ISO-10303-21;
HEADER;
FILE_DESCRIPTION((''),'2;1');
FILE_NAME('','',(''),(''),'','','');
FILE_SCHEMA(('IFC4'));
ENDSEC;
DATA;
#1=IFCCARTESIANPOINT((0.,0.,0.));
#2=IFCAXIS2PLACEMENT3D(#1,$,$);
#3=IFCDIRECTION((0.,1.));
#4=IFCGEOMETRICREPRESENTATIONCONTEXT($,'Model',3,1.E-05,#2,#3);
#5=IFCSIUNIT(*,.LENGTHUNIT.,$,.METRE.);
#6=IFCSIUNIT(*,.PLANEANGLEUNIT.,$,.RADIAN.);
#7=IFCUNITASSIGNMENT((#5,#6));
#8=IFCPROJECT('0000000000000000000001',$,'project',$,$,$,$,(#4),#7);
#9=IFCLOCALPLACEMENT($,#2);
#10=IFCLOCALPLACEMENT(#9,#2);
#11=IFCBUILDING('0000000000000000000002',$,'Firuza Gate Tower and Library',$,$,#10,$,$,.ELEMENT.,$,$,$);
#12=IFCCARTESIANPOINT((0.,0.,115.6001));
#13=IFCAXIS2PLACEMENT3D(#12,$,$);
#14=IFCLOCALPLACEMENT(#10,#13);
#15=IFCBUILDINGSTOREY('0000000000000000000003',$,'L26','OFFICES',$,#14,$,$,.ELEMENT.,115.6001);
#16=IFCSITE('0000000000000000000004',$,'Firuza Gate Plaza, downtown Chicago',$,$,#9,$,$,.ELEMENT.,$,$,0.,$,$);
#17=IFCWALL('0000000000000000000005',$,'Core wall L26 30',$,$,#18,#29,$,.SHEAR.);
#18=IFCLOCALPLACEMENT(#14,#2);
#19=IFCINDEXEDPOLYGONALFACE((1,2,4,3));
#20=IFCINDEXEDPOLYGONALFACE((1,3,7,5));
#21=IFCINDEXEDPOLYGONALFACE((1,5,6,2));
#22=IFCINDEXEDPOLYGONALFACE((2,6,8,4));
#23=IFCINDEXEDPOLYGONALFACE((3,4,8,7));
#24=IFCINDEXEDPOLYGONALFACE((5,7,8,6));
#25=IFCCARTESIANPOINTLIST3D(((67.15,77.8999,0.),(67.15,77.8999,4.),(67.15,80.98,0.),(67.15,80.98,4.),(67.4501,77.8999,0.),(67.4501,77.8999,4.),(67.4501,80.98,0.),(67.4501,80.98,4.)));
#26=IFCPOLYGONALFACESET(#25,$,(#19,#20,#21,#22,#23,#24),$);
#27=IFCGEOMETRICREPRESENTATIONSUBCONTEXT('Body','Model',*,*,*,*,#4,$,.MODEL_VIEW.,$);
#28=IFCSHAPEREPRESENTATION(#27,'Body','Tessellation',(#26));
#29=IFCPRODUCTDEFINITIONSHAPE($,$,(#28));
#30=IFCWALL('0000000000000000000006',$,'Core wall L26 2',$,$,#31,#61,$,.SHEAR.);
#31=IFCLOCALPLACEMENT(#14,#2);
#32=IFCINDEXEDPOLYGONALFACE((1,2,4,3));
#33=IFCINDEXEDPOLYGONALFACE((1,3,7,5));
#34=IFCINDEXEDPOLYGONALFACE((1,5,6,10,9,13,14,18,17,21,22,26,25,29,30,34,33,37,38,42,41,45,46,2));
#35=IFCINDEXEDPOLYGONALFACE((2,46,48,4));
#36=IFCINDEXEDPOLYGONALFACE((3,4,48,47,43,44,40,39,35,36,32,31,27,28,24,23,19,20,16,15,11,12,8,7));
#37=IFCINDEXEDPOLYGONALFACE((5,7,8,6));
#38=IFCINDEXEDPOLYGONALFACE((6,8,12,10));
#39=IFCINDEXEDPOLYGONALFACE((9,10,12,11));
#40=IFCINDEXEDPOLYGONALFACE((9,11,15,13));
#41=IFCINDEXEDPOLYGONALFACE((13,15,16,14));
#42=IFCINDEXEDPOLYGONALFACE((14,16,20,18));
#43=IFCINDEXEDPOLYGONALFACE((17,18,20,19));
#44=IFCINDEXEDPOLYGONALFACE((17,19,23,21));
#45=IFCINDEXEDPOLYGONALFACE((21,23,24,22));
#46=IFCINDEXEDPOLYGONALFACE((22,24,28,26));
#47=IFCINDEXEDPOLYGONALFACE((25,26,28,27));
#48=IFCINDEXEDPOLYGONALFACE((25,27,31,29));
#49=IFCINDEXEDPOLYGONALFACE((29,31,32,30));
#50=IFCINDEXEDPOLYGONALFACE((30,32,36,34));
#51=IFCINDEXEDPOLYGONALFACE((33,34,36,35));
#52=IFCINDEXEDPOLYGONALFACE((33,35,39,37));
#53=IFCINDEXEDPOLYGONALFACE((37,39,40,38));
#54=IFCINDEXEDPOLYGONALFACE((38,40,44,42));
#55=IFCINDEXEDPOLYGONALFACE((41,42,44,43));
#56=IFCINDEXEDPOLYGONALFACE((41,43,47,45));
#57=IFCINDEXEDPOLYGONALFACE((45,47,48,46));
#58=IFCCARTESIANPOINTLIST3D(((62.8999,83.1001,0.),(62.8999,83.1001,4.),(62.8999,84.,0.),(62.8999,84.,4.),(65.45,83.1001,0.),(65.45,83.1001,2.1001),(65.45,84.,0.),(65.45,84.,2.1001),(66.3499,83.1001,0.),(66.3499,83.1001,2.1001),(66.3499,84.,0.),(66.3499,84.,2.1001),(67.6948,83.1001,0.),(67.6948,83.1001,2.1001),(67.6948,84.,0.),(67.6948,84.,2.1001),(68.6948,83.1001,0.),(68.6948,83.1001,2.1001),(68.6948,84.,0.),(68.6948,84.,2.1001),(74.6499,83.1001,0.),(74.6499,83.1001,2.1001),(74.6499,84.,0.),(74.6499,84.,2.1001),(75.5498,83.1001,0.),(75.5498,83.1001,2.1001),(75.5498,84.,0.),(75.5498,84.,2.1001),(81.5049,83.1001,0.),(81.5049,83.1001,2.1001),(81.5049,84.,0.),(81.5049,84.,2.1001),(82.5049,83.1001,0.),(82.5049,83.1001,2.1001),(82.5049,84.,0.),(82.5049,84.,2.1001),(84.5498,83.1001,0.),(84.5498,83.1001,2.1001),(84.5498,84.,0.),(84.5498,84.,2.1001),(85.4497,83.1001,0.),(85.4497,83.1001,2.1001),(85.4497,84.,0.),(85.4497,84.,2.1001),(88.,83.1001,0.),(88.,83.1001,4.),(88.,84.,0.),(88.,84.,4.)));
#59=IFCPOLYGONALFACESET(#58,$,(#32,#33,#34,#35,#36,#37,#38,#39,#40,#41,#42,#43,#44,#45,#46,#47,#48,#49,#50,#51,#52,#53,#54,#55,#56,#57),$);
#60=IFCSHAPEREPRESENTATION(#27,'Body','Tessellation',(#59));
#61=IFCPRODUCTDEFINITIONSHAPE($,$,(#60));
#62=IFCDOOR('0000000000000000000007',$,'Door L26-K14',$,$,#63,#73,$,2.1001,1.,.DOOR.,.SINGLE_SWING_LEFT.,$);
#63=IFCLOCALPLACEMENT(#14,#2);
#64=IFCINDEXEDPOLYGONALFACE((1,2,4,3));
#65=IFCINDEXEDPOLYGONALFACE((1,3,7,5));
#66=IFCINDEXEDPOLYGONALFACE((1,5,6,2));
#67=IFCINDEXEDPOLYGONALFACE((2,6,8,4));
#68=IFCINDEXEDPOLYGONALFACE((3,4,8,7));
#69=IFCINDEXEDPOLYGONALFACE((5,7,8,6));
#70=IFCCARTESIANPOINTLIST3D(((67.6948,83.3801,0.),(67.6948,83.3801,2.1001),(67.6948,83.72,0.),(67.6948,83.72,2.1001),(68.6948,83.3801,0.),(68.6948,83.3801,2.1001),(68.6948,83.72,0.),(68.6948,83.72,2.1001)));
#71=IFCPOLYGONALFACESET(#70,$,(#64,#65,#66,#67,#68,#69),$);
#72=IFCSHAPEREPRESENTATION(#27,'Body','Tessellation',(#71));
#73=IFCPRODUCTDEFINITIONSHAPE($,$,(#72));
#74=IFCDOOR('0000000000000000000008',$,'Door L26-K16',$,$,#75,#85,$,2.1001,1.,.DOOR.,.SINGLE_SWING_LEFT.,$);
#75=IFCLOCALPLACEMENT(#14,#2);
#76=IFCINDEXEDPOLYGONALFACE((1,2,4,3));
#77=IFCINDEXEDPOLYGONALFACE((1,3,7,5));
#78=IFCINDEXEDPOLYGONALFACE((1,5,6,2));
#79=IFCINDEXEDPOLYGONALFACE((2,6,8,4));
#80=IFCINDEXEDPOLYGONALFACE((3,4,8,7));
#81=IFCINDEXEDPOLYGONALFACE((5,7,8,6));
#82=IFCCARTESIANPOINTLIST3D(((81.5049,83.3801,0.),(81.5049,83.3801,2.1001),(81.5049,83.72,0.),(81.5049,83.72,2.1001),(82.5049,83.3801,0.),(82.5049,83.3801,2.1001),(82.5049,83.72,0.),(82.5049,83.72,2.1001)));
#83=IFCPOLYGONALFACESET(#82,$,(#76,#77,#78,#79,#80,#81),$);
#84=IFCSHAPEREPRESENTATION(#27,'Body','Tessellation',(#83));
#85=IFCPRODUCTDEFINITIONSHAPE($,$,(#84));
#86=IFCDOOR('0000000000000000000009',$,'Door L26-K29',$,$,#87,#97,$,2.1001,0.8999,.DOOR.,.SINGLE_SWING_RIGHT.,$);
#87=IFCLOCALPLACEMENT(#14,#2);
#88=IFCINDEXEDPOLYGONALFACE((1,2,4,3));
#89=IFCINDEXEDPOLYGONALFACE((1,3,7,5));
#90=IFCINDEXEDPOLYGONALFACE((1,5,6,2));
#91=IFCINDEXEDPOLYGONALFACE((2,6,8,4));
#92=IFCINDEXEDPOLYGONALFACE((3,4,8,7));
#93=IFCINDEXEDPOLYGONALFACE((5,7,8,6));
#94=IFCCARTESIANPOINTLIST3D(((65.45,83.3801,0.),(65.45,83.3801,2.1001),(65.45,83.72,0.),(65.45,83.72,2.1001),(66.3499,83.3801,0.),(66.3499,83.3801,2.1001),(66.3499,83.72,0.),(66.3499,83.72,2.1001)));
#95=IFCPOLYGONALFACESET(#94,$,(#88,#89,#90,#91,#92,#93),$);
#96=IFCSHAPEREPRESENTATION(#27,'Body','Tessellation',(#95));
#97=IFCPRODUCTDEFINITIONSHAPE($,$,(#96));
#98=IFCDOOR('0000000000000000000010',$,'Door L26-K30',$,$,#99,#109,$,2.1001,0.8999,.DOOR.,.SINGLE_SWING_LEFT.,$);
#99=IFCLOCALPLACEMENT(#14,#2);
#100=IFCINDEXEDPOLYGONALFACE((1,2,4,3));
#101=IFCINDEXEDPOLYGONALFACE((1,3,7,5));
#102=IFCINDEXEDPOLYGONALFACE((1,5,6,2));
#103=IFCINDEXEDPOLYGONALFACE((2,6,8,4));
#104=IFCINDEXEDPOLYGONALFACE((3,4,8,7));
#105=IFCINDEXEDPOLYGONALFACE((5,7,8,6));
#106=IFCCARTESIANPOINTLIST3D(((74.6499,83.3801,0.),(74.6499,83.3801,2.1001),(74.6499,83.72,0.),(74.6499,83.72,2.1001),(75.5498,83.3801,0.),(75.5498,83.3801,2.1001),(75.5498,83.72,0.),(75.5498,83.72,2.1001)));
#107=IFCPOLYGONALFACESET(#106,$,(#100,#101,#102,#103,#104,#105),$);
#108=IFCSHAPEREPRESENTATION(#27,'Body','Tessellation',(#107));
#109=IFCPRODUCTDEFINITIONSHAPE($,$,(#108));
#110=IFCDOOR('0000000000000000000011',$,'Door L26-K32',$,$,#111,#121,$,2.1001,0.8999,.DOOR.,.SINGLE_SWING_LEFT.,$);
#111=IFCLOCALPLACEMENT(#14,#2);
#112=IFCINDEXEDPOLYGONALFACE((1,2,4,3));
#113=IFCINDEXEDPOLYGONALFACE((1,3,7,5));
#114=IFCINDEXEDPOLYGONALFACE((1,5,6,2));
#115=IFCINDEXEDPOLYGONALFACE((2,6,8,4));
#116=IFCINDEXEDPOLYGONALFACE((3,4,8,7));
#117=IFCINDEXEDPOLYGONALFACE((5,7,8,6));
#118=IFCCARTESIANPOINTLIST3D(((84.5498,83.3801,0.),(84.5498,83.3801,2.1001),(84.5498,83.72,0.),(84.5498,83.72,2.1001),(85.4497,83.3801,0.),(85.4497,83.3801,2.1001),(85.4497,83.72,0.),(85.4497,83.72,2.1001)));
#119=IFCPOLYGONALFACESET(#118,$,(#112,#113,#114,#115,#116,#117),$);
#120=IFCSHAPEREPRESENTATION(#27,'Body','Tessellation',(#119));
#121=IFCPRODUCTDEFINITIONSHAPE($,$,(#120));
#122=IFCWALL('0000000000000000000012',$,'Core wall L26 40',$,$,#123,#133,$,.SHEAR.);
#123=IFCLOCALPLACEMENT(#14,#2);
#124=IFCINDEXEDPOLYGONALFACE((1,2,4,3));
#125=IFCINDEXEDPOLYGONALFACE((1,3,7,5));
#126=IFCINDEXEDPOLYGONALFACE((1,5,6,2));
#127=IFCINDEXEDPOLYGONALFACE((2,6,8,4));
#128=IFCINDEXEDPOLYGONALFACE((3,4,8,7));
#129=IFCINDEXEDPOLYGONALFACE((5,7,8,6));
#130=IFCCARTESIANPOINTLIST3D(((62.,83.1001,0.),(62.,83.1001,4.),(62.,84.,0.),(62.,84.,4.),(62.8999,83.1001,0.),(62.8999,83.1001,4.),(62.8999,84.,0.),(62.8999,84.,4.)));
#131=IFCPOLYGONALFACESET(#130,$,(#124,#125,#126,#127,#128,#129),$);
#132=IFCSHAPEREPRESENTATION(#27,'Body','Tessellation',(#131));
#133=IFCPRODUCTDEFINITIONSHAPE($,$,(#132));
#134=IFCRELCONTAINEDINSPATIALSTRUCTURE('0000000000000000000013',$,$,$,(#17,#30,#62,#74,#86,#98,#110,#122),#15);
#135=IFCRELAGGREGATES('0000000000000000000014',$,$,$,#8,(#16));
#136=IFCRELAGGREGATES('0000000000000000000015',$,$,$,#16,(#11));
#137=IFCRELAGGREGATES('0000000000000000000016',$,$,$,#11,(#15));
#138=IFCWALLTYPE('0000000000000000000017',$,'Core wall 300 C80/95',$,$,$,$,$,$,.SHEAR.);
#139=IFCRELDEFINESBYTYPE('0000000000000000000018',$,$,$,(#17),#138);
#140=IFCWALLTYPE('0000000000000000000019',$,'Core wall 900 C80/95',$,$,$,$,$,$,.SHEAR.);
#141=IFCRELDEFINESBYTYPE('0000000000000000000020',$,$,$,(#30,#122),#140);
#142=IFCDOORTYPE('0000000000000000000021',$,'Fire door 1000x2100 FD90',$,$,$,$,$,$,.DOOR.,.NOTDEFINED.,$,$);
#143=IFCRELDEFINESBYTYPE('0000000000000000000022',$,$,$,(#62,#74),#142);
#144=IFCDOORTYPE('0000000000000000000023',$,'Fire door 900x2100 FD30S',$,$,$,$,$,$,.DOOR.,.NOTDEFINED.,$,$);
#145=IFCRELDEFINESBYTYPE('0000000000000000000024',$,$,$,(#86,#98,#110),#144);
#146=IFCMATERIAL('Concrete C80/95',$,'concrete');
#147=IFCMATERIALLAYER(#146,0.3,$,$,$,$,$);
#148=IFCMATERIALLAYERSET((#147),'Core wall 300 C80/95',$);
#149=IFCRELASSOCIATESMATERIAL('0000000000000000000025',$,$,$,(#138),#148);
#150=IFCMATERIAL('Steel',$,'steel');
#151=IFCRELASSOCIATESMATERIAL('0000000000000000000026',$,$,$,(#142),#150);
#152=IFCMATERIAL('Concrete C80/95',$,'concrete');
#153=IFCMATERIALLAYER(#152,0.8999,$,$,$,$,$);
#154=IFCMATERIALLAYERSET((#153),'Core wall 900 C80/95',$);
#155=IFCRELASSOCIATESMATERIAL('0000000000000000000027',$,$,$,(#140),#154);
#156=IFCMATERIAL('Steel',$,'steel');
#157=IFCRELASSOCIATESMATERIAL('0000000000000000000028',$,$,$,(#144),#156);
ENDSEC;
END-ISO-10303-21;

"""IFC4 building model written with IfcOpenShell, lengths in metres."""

from ifc_helpers import new_model, si_unit, direction, frame, frame_2d, origin, place, context, subcontext, project, spatial, rectangle, extrude, material, layer, layer_set, type_object, element, fill, save


model = new_model("IFC4")

# Units and contexts
model_context = context("Model", 3, precision=1e-05, world=origin(), true_north=direction((0.0, 1.0)))
body_context = subcontext(model_context, "Body", "Model", "MODEL_VIEW")
ifc_project = project(units=[si_unit("LENGTHUNIT", "METRE"), si_unit("PLANEANGLEUNIT", "RADIAN")], contexts=[model_context])

# Site, building, storey
site_placement = place(None, origin())
site = spatial("IfcSite", under=ifc_project, at=site_placement, Name="Firuza Gate Plaza, downtown Chicago", CompositionType="ELEMENT", RefElevation=0.0)
building_placement = place(site_placement, origin())
building = spatial("IfcBuilding", under=site, at=building_placement, Name="Firuza Gate Tower and Library", CompositionType="ELEMENT")
storey_placement = place(building_placement, frame((0.0, 0.0, 115.6001)))
storey = spatial("IfcBuildingStorey", under=building, at=storey_placement, Name="L26", Description="OFFICES", CompositionType="ELEMENT", Elevation=115.6001)

# Shared definitions
ifc_material_1 = material(Name="Concrete C80/95", Category="concrete")
ifc_layer_1 = layer(ifc_material_1, 0.3)
ifc_layer_set_1 = layer_set([ifc_layer_1], Name="Core wall 300 C80/95")
wall_type_1 = type_object("IfcWallType", Name="Core wall 300 C80/95", PredefinedType="SHEAR", material=ifc_layer_set_1)
ifc_material_2 = material(Name="Steel", Category="steel")
door_type_1 = type_object("IfcDoorType", Name="Fire door 1000x2100 FD90", OperationType="NOTDEFINED", PredefinedType="DOOR", material=ifc_material_2)

# Wall
wall_1_placement = place(storey_placement, frame((67.3, 77.8999, 0.0), z_axis=(0.0, 0.0, 1.0), x_axis=(0.0, 1.0, 0.0)))
element("IfcWall", 1, at=wall_1_placement, inside=storey, type_object=wall_type_1, Name="Core wall L26 30", PredefinedType="SHEAR", context=body_context, shape_type="SweptSolid", body=[
    extrude(rectangle(XDim=3.0801, YDim=0.3, at=frame_2d((1.54, 0.0))), origin(), (0.0, 0.0, 1.0), 4.0),
])

# Wall, openings, doors
ifc_material_3 = material(Name="Concrete C80/95", Category="concrete")
ifc_layer_2 = layer(ifc_material_3, 0.8999)
ifc_layer_set_2 = layer_set([ifc_layer_2], Name="Core wall 900 C80/95")
wall_type_2 = type_object("IfcWallType", Name="Core wall 900 C80/95", PredefinedType="SHEAR", material=ifc_layer_set_2)
wall_2_placement = place(storey_placement, frame((62.8999, 83.55, 0.0), z_axis=(0.0, 0.0, 1.0), x_axis=(1.0, 0.0, 0.0)))
wall_2 = element("IfcWall", 2, at=wall_2_placement, inside=storey, type_object=wall_type_2, Name="Core wall L26 2", PredefinedType="SHEAR", context=body_context, shape_type="SweptSolid", body=[
    extrude(rectangle(XDim=25.1001, YDim=0.8999, at=frame_2d((12.55, 0.0))), origin(), (0.0, 0.0, 1.0), 4.0),
])
opening_1_placement = place(wall_2_placement, frame((4.7949, 0.0, 0.0)))
opening_1 = element("IfcOpeningElement", 3, at=opening_1_placement, cuts=wall_2, PredefinedType="OPENING", context=body_context, shape_type="SweptSolid", body=[
    extrude(rectangle(XDim=1.0, YDim=2.1001, at=frame_2d((0.5, 1.05))), frame((0.0, 0.46, 0.0), z_axis=(0.0, -1.0, 0.0), x_axis=(1.0, 0.0, 0.0)), (0.0, 0.0, 1.0), 0.9199),
])
opening_2_placement = place(wall_2_placement, frame((18.605, 0.0, 0.0)))
opening_2 = element("IfcOpeningElement", 4, at=opening_2_placement, cuts=wall_2, PredefinedType="OPENING", context=body_context, shape_type="SweptSolid", body=[
    extrude(rectangle(XDim=1.0, YDim=2.1001, at=frame_2d((0.5, 1.05))), frame((0.0, 0.46, 0.0), z_axis=(0.0, -1.0, 0.0), x_axis=(1.0, 0.0, 0.0)), (0.0, 0.0, 1.0), 0.9199),
])
opening_3_placement = place(wall_2_placement, frame((2.55, 0.0, 0.0)))
opening_3 = element("IfcOpeningElement", 5, at=opening_3_placement, cuts=wall_2, PredefinedType="OPENING", context=body_context, shape_type="SweptSolid", body=[
    extrude(rectangle(XDim=0.8999, YDim=2.1001, at=frame_2d((0.45, 1.05))), frame((0.0, 0.46, 0.0), z_axis=(0.0, -1.0, 0.0), x_axis=(1.0, 0.0, 0.0)), (0.0, 0.0, 1.0), 0.9199),
])
opening_4_placement = place(wall_2_placement, frame((11.75, 0.0, 0.0)))
opening_4 = element("IfcOpeningElement", 6, at=opening_4_placement, cuts=wall_2, PredefinedType="OPENING", context=body_context, shape_type="SweptSolid", body=[
    extrude(rectangle(XDim=0.8999, YDim=2.1001, at=frame_2d((0.45, 1.05))), frame((0.0, 0.46, 0.0), z_axis=(0.0, -1.0, 0.0), x_axis=(1.0, 0.0, 0.0)), (0.0, 0.0, 1.0), 0.9199),
])
opening_5_placement = place(wall_2_placement, frame((21.6499, 0.0, 0.0)))
opening_5 = element("IfcOpeningElement", 7, at=opening_5_placement, cuts=wall_2, PredefinedType="OPENING", context=body_context, shape_type="SweptSolid", body=[
    extrude(rectangle(XDim=0.8999, YDim=2.1001, at=frame_2d((0.45, 1.05))), frame((0.0, 0.46, 0.0), z_axis=(0.0, -1.0, 0.0), x_axis=(1.0, 0.0, 0.0)), (0.0, 0.0, 1.0), 0.9199),
])
door_1_placement = place(opening_1_placement, origin())
door_1 = element("IfcDoor", 8, at=door_1_placement, inside=storey, type_object=door_type_1, Name="Door L26-K14", OperationType="SINGLE_SWING_LEFT", OverallHeight=2.1001, OverallWidth=1.0, PredefinedType="DOOR", context=body_context, shape_type="SweptSolid", body=[
    extrude(rectangle(XDim=1.0, YDim=2.1001, at=frame_2d((0.5, 1.05))), frame((0.0, 0.1699, 0.0), z_axis=(0.0, -1.0, 0.0), x_axis=(1.0, 0.0, 0.0)), (0.0, 0.0, 1.0), 0.3398),
])
fill(opening_1, door_1)
door_2_placement = place(opening_2_placement, origin())
door_2 = element("IfcDoor", 9, at=door_2_placement, inside=storey, type_object=door_type_1, Name="Door L26-K16", OperationType="SINGLE_SWING_LEFT", OverallHeight=2.1001, OverallWidth=1.0, PredefinedType="DOOR", context=body_context, shape_type="SweptSolid", body=[
    extrude(rectangle(XDim=1.0, YDim=2.1001, at=frame_2d((0.5, 1.05))), frame((0.0, 0.1699, 0.0), z_axis=(0.0, -1.0, 0.0), x_axis=(1.0, 0.0, 0.0)), (0.0, 0.0, 1.0), 0.3398),
])
fill(opening_2, door_2)
ifc_material_4 = material(Name="Steel", Category="steel")
door_type_2 = type_object("IfcDoorType", Name="Fire door 900x2100 FD30S", OperationType="NOTDEFINED", PredefinedType="DOOR", material=ifc_material_4)
door_3_placement = place(opening_3_placement, origin())
door_3 = element("IfcDoor", 10, at=door_3_placement, inside=storey, type_object=door_type_2, Name="Door L26-K29", OperationType="SINGLE_SWING_RIGHT", OverallHeight=2.1001, OverallWidth=0.8999, PredefinedType="DOOR", context=body_context, shape_type="SweptSolid", body=[
    extrude(rectangle(XDim=0.8999, YDim=2.1001, at=frame_2d((0.45, 1.05))), frame((0.0, 0.1699, 0.0), z_axis=(0.0, -1.0, 0.0), x_axis=(1.0, 0.0, 0.0)), (0.0, 0.0, 1.0), 0.3398),
])
fill(opening_3, door_3)
door_4_placement = place(opening_4_placement, origin())
door_4 = element("IfcDoor", 11, at=door_4_placement, inside=storey, type_object=door_type_2, Name="Door L26-K30", OperationType="SINGLE_SWING_LEFT", OverallHeight=2.1001, OverallWidth=0.8999, PredefinedType="DOOR", context=body_context, shape_type="SweptSolid", body=[
    extrude(rectangle(XDim=0.8999, YDim=2.1001, at=frame_2d((0.45, 1.05))), frame((0.0, 0.1699, 0.0), z_axis=(0.0, -1.0, 0.0), x_axis=(1.0, 0.0, 0.0)), (0.0, 0.0, 1.0), 0.3398),
])
fill(opening_4, door_4)
door_5_placement = place(opening_5_placement, origin())
door_5 = element("IfcDoor", 12, at=door_5_placement, inside=storey, type_object=door_type_2, Name="Door L26-K32", OperationType="SINGLE_SWING_LEFT", OverallHeight=2.1001, OverallWidth=0.8999, PredefinedType="DOOR", context=body_context, shape_type="SweptSolid", body=[
    extrude(rectangle(XDim=0.8999, YDim=2.1001, at=frame_2d((0.45, 1.05))), frame((0.0, 0.1699, 0.0), z_axis=(0.0, -1.0, 0.0), x_axis=(1.0, 0.0, 0.0)), (0.0, 0.0, 1.0), 0.3398),
])
fill(opening_5, door_5)

# Wall
wall_3_placement = place(storey_placement, frame((62.0, 83.55, 0.0), z_axis=(0.0, 0.0, 1.0), x_axis=(1.0, 0.0, 0.0)))
element("IfcWall", 13, at=wall_3_placement, inside=storey, type_object=wall_type_2, Name="Core wall L26 40", PredefinedType="SHEAR", context=body_context, shape_type="SweptSolid", body=[
    extrude(rectangle(XDim=0.8999, YDim=0.8999, at=frame_2d((0.45, 0.0))), origin(), (0.0, 0.0, 1.0), 4.0),
])

save(model, "model.ifc")
